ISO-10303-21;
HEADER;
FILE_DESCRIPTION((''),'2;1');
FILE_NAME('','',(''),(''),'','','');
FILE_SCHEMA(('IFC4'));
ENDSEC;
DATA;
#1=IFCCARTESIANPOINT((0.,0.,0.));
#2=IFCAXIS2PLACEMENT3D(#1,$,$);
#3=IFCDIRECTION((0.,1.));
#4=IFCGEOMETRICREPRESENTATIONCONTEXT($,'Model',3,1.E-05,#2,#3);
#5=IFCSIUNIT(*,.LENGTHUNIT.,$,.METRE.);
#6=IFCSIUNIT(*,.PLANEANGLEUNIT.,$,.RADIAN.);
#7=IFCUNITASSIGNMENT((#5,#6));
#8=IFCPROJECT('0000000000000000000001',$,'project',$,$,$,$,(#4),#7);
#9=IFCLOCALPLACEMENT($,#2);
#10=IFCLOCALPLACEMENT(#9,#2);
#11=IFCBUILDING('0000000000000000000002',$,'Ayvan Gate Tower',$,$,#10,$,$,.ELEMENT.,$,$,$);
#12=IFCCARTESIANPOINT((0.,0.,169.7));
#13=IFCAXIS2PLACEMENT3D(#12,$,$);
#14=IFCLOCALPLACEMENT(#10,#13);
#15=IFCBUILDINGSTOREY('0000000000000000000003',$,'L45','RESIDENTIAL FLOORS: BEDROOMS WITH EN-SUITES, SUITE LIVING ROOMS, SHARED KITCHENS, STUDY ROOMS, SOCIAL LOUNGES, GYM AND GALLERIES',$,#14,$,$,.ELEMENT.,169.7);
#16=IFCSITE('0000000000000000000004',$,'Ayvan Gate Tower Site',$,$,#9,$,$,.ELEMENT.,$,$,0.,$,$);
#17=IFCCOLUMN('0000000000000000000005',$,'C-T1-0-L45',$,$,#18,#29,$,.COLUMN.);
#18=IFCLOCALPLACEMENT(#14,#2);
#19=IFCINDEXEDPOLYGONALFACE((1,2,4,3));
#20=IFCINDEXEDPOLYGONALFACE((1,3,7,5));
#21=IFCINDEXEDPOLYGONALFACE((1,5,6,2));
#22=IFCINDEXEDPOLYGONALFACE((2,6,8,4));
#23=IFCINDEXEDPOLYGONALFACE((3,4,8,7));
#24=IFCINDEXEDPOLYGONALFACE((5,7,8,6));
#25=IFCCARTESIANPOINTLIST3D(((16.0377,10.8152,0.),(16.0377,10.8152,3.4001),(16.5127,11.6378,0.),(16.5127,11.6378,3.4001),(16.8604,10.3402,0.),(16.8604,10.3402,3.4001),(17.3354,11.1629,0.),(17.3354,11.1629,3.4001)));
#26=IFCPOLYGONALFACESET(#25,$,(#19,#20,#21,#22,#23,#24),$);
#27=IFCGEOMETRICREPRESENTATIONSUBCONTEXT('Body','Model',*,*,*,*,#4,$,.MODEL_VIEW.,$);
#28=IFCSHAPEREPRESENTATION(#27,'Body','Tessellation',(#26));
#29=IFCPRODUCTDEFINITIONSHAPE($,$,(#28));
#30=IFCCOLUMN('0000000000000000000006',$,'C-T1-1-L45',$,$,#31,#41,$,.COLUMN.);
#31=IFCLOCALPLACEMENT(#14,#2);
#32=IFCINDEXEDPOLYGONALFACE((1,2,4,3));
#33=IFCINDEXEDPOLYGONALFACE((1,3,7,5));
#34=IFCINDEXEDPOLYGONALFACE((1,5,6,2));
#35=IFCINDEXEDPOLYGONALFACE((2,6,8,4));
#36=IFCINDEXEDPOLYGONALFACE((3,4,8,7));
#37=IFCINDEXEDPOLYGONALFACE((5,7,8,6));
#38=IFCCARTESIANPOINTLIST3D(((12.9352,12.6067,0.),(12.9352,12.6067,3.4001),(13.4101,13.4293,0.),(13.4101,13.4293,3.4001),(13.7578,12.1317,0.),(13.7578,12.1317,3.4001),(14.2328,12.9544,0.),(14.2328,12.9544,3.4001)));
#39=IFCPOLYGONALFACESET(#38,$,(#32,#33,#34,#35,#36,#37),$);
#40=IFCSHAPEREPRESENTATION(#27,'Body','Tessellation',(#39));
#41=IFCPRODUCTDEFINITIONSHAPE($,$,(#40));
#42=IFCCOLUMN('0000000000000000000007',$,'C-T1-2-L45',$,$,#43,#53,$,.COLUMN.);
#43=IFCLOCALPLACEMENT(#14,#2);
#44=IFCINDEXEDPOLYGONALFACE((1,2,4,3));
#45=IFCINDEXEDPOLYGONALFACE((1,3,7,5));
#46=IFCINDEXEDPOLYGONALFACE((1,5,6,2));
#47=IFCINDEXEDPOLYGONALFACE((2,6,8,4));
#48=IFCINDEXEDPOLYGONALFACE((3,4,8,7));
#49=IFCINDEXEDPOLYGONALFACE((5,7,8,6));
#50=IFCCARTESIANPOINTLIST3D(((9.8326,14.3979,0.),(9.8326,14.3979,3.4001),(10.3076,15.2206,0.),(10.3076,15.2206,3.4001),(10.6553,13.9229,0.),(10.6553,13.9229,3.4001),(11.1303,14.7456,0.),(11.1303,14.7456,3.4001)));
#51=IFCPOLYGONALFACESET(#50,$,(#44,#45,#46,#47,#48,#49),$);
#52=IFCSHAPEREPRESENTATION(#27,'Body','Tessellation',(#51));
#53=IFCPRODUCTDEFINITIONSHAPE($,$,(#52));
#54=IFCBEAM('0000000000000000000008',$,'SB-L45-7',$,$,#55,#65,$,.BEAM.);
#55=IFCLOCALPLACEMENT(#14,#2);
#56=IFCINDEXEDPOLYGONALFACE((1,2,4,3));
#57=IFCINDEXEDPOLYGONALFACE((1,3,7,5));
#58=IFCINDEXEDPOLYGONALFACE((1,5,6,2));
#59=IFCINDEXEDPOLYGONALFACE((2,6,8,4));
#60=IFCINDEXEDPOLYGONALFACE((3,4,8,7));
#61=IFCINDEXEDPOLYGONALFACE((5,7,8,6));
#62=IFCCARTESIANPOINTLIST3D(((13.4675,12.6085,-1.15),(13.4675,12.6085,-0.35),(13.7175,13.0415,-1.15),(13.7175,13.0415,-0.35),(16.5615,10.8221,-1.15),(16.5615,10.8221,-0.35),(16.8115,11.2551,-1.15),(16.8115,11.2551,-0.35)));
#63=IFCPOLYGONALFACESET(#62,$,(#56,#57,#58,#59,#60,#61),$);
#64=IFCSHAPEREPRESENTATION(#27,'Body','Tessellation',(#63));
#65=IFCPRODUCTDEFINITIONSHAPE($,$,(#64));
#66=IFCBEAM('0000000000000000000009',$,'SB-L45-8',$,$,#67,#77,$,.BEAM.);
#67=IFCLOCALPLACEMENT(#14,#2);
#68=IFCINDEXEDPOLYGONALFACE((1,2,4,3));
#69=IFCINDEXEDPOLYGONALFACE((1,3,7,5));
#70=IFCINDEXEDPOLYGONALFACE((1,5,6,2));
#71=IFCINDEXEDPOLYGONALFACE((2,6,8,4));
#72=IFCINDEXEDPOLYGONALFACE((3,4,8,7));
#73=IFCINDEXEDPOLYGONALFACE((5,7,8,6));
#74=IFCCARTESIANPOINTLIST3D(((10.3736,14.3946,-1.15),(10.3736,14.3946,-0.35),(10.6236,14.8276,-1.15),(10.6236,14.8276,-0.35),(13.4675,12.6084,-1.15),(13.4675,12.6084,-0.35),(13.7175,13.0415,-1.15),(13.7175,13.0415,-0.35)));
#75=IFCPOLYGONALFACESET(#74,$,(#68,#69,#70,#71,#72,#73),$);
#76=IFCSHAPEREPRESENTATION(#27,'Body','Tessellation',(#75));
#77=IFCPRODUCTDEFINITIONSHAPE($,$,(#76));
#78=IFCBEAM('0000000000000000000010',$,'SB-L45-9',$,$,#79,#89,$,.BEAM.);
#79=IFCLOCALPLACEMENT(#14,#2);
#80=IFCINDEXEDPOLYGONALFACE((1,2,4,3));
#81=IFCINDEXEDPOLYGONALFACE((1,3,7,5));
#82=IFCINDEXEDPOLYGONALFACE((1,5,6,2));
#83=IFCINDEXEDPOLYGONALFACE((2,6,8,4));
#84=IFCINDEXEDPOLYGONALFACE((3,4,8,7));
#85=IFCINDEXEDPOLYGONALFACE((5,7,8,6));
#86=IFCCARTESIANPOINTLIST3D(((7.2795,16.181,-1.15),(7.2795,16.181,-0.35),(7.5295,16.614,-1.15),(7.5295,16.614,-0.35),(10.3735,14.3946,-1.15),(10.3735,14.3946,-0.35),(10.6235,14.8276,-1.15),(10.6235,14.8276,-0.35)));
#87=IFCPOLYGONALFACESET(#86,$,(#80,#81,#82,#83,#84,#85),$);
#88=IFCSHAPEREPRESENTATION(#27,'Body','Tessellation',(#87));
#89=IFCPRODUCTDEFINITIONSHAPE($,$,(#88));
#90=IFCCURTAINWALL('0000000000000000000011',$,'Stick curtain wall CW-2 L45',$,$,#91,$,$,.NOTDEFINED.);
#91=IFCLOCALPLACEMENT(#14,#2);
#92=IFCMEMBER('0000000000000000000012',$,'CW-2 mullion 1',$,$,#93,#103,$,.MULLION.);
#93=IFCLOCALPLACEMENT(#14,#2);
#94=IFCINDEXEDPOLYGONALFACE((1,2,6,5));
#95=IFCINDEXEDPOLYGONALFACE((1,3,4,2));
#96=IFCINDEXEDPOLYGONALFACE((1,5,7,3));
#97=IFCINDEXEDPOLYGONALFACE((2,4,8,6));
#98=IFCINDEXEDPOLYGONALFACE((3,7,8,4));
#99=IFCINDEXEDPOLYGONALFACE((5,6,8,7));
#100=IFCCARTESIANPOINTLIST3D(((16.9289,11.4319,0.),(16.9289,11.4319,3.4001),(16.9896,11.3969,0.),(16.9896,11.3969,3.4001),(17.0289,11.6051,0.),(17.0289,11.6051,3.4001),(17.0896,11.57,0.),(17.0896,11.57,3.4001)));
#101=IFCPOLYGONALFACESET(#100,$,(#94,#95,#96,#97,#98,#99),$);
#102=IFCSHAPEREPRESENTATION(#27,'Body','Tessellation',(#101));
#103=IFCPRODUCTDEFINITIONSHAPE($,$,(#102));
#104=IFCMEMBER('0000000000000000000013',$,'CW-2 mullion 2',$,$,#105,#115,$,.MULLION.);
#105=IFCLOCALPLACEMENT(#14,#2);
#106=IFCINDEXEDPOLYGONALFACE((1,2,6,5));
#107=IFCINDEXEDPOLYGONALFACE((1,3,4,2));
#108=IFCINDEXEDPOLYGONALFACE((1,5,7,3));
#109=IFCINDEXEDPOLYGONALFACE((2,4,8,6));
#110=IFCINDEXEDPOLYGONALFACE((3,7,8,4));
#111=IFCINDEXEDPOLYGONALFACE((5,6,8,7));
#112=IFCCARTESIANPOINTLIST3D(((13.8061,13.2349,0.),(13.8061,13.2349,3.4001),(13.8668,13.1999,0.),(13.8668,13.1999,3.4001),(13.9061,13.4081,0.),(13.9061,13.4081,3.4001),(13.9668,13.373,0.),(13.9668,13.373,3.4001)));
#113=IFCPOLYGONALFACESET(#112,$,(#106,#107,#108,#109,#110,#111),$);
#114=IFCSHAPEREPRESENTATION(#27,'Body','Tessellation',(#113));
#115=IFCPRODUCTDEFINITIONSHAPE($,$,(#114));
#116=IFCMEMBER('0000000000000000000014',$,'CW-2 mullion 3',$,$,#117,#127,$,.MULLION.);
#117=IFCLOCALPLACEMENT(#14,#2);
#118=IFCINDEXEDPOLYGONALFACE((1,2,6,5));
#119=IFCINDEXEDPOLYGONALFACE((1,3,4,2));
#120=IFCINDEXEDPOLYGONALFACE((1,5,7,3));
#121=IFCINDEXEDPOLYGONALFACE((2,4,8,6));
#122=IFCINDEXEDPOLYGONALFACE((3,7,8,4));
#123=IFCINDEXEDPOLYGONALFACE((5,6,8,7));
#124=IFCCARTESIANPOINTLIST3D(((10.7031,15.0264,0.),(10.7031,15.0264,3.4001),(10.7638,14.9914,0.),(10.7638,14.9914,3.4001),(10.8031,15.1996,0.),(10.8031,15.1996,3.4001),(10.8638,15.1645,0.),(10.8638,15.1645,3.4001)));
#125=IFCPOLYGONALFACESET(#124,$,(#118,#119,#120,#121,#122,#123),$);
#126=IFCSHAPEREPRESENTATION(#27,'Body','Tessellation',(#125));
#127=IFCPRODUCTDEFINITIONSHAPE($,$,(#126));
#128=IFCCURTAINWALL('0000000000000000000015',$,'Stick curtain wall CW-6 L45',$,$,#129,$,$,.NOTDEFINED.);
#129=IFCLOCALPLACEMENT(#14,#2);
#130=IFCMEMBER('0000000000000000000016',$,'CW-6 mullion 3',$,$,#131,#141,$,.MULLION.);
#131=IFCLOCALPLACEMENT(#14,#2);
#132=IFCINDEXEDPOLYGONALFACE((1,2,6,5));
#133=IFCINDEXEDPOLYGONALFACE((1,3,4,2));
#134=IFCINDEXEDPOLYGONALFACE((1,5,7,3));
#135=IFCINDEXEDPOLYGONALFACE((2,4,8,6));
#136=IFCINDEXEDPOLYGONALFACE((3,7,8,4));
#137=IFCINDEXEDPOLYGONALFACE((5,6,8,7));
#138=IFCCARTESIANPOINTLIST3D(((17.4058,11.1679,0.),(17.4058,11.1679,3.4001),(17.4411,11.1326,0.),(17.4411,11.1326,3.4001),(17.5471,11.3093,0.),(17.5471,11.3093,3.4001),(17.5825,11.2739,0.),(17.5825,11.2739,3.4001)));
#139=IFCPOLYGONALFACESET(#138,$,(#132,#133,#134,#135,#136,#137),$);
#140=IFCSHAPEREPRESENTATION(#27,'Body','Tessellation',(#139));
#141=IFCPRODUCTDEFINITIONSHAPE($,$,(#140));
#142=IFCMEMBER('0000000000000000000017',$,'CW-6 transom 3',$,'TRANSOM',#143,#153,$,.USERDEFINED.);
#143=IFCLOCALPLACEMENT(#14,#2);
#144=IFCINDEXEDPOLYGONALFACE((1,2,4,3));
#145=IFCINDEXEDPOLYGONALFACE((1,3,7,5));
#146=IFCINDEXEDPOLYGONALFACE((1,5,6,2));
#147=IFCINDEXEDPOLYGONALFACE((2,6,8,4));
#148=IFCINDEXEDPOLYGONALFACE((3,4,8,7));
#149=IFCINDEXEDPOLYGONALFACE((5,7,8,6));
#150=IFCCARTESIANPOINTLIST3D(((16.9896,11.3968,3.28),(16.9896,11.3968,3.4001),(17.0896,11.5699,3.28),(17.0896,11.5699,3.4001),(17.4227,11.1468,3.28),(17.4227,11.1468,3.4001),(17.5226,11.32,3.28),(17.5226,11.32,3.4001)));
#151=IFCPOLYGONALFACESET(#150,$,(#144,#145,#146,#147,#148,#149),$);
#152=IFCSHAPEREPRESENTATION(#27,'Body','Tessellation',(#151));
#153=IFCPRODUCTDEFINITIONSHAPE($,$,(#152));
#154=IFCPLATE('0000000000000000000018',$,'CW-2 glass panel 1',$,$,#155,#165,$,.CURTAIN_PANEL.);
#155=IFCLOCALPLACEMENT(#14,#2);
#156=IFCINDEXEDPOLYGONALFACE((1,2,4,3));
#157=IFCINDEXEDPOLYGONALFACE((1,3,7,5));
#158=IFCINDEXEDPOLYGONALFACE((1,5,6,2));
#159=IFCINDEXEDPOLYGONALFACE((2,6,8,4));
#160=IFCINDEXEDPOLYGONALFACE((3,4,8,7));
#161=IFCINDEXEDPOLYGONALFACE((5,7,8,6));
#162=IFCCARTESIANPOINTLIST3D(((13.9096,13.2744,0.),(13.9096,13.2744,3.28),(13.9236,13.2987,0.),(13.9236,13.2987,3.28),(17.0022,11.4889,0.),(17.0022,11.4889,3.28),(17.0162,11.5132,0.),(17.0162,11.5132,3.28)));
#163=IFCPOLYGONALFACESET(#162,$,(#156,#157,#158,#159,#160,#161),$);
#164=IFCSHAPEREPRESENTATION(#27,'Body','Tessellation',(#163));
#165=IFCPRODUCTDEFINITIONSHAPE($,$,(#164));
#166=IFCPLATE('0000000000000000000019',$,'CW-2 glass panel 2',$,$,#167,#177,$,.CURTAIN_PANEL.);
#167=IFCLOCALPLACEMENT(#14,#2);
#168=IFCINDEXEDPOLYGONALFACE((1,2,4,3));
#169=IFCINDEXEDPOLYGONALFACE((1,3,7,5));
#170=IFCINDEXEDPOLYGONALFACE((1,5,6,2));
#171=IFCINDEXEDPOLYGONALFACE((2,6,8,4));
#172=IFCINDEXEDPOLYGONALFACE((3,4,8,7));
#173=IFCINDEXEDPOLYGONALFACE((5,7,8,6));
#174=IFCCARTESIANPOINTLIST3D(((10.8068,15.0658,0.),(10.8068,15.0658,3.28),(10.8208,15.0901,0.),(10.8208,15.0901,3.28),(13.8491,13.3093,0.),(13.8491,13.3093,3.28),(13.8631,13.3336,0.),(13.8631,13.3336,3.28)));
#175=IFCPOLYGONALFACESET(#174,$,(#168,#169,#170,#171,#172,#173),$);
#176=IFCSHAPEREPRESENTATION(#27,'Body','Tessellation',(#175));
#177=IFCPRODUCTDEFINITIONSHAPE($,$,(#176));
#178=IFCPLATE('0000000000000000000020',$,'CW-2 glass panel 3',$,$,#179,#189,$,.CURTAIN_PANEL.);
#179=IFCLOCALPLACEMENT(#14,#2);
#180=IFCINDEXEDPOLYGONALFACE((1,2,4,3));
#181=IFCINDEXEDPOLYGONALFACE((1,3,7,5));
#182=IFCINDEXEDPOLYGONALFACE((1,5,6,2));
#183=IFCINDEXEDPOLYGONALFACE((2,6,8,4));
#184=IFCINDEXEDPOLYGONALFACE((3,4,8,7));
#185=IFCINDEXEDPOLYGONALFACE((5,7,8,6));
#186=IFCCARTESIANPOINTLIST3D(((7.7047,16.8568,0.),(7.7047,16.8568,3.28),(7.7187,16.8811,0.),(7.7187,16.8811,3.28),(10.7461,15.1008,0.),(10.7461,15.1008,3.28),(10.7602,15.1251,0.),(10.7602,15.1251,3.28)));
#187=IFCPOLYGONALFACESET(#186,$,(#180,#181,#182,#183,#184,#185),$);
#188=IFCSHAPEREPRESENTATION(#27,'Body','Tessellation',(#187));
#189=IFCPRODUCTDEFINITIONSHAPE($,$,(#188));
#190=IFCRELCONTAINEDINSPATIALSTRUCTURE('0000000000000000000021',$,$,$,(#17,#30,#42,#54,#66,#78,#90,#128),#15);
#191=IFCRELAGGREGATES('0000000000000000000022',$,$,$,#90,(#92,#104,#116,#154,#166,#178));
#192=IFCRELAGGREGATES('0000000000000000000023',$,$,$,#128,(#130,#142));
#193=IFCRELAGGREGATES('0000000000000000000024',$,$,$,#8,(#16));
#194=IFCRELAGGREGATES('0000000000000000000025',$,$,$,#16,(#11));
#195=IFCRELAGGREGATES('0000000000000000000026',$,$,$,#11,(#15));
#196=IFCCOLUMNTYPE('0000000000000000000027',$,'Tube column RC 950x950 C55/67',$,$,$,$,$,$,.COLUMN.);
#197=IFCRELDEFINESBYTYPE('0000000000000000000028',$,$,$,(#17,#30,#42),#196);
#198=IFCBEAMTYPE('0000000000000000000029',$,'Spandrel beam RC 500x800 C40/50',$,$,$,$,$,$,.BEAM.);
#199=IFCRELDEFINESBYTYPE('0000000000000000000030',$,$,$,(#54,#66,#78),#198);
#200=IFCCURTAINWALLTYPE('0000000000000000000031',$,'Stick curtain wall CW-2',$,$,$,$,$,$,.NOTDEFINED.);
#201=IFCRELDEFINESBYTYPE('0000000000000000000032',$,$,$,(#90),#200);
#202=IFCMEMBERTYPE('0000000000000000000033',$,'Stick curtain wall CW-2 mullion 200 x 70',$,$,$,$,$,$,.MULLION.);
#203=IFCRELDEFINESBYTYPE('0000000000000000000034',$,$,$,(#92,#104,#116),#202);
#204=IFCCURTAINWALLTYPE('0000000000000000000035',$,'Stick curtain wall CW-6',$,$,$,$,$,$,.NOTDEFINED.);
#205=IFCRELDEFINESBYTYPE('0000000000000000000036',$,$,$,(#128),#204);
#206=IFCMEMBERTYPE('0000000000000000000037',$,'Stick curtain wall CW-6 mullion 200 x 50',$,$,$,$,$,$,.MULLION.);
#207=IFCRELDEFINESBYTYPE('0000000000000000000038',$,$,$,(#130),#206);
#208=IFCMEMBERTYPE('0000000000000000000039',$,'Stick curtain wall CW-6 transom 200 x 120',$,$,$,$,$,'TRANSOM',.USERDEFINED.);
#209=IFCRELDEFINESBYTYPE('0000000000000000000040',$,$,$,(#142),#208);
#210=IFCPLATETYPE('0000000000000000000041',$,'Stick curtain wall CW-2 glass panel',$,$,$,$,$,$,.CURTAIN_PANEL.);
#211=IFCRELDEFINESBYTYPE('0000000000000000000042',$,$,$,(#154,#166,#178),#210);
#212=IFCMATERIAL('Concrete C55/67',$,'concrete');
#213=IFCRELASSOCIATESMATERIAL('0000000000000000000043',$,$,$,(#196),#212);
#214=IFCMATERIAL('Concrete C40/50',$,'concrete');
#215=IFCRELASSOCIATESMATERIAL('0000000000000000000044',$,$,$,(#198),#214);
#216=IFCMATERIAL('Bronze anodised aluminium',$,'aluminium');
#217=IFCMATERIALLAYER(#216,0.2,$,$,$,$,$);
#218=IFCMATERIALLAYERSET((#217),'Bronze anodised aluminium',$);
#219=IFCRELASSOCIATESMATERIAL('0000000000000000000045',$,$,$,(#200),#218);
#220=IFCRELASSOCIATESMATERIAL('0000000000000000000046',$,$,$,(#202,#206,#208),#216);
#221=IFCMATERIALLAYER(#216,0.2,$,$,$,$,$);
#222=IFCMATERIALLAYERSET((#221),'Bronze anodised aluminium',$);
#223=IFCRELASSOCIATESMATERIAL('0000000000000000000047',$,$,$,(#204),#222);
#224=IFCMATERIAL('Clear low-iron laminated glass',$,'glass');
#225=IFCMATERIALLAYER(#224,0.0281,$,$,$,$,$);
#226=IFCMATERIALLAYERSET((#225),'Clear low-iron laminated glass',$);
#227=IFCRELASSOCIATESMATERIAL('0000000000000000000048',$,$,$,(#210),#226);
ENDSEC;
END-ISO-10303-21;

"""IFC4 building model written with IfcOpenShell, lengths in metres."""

from ifc_helpers import new_model, si_unit, direction, frame, origin, origin_2d, place, context, subcontext, project, spatial, rectangle, extrude, material, layer, layer_set, material_profile, profile_set, type_object, element, aggregate, save


model = new_model("IFC4")

# Units and contexts
model_context = context("Model", 3, precision=1e-05, world=origin(), true_north=direction((0.0, 1.0)))
body_context = subcontext(model_context, "Body", "Model", "MODEL_VIEW")
ifc_project = project(units=[si_unit("LENGTHUNIT", "METRE"), si_unit("PLANEANGLEUNIT", "RADIAN")], contexts=[model_context])

# Site, building, storey
site_placement = place(None, origin())
site = spatial("IfcSite", under=ifc_project, at=site_placement, Name="Ayvan Gate Tower Site", CompositionType="ELEMENT", RefElevation=0.0)
building_placement = place(site_placement, origin())
building = spatial("IfcBuilding", under=site, at=building_placement, Name="Ayvan Gate Tower", CompositionType="ELEMENT")
storey_placement = place(building_placement, frame((0.0, 0.0, 169.7)))
storey = spatial("IfcBuildingStorey", under=building, at=storey_placement, Name="L45", Description="RESIDENTIAL FLOORS: BEDROOMS WITH EN-SUITES, SUITE LIVING ROOMS, SHARED KITCHENS, STUDY ROOMS, SOCIAL LOUNGES, GYM AND GALLERIES", CompositionType="ELEMENT", Elevation=169.7)

# Columns
ifc_material_1 = material(Name="Concrete C55/67", Category="concrete")
ifc_material_profile_1 = material_profile(ifc_material_1, rectangle(XDim=0.95, YDim=0.95, at=origin_2d()), Name="RC 950x950")
ifc_profile_set_1 = profile_set([ifc_material_profile_1], Name="Concrete C55/67")
column_type = type_object("IfcColumnType", Name="Tube column RC 950x950 C55/67", PredefinedType="COLUMN", material=ifc_profile_set_1)
for number, where, z_axis, x_axis, name in (
    (1, (16.6865, 10.989, 0.0), (0.0, 0.0, 1.0), (0.5, 0.866025, 0.0), "C-T1-0-L45"),
    (2, (13.584, 12.7805, 0.0), (0.0, 0.0, 1.0), (0.5, 0.866025, 0.0), "C-T1-1-L45"),
    (3, (10.4814, 14.5718, 0.0), (0.0, 0.0, 1.0), (0.5, 0.866025, 0.0), "C-T1-2-L45"),
):
    element("IfcColumn", number, at=place(storey_placement, frame(where, z_axis=z_axis, x_axis=x_axis)), inside=storey, type_object=column_type, Name=name, PredefinedType="COLUMN", context=body_context, shape_type="SweptSolid", body=[
        extrude(rectangle(XDim=0.95, YDim=0.95, at=origin_2d()), origin(), (0.0, 0.0, 1.0), 3.4001),
    ])

# Beams
ifc_material_2 = material(Name="Concrete C40/50", Category="concrete")
ifc_material_profile_2 = material_profile(ifc_material_2, rectangle(XDim=0.5, YDim=0.8, at=origin_2d()), Name="RC 500x800")
ifc_profile_set_2 = profile_set([ifc_material_profile_2], Name="Concrete C40/50")
beam_type = type_object("IfcBeamType", Name="Spandrel beam RC 500x800 C40/50", PredefinedType="BEAM", material=ifc_profile_set_2)
beam_1_placement = place(storey_placement, frame((16.6865, 11.0386, -0.75), z_axis=(-0.866018, 0.500012, 0.0), x_axis=(-0.500012, -0.866018, 0.0)))
element("IfcBeam", 4, at=beam_1_placement, inside=storey, type_object=beam_type, Name="SB-L45-7", PredefinedType="BEAM", context=body_context, shape_type="SweptSolid", body=[
    extrude(rectangle(XDim=0.5, YDim=0.8, at=origin_2d()), origin(), (0.0, 0.0, 1.0), 3.5728),
])
beam_2_placement = place(storey_placement, frame((13.5925, 12.825, -0.75), z_axis=(-0.866048, 0.499961, 0.0), x_axis=(-0.499961, -0.866048, 0.0)))
element("IfcBeam", 5, at=beam_2_placement, inside=storey, type_object=beam_type, Name="SB-L45-8", PredefinedType="BEAM", context=body_context, shape_type="SweptSolid", body=[
    extrude(rectangle(XDim=0.5, YDim=0.8, at=origin_2d()), origin(), (0.0, 0.0, 1.0), 3.5725),
])
beam_3_placement = place(storey_placement, frame((10.4985, 14.6111, -0.75), z_axis=(-0.866018, 0.500012, 0.0), x_axis=(-0.500012, -0.866018, 0.0)))
element("IfcBeam", 6, at=beam_3_placement, inside=storey, type_object=beam_type, Name="SB-L45-9", PredefinedType="BEAM", context=body_context, shape_type="SweptSolid", body=[
    extrude(rectangle(XDim=0.5, YDim=0.8, at=origin_2d()), origin(), (0.0, 0.0, 1.0), 3.5728),
])

# Curtain walls, members
ifc_material_3 = material(Name="Bronze anodised aluminium", Category="aluminium")
ifc_layer_1 = layer(ifc_material_3, 0.2)
ifc_layer_set_1 = layer_set([ifc_layer_1], Name="Bronze anodised aluminium")
curtain_wall_type_1 = type_object("IfcCurtainWallType", Name="Stick curtain wall CW-2", PredefinedType="NOTDEFINED", material=ifc_layer_set_1)
curtain_wall_1_placement = place(storey_placement, origin())
curtain_wall_1 = element("IfcCurtainWall", 7, at=curtain_wall_1_placement, inside=storey, type_object=curtain_wall_type_1, Name="Stick curtain wall CW-2 L45", PredefinedType="NOTDEFINED")
ifc_material_profile_3 = material_profile(ifc_material_3, rectangle(XDim=0.2, YDim=0.0701, at=origin_2d()), Name="Stick curtain wall CW-2 mullion 200 x 70")
ifc_profile_set_3 = profile_set([ifc_material_profile_3], Name="Bronze anodised aluminium")
member_type_1 = type_object("IfcMemberType", Name="Stick curtain wall CW-2 mullion 200 x 70", PredefinedType="MULLION", material=ifc_profile_set_3)
member_1_placement = place(storey_placement, frame((17.0093, 11.501, 0.0), z_axis=(0.0, 0.0, 1.0), x_axis=(0.5, 0.866025, 0.0)))
member_1 = element("IfcMember", 8, at=member_1_placement, type_object=member_type_1, Name="CW-2 mullion 1", PredefinedType="MULLION", context=body_context, shape_type="SweptSolid", body=[
    extrude(rectangle(XDim=0.2, YDim=0.0701, at=origin_2d()), origin(), (0.0, 0.0, 1.0), 3.4001),
])
member_2_placement = place(storey_placement, frame((13.8865, 13.304, 0.0), z_axis=(0.0, 0.0, 1.0), x_axis=(0.5, 0.866025, 0.0)))
member_2 = element("IfcMember", 9, at=member_2_placement, type_object=member_type_1, Name="CW-2 mullion 2", PredefinedType="MULLION", context=body_context, shape_type="SweptSolid", body=[
    extrude(rectangle(XDim=0.2, YDim=0.0701, at=origin_2d()), origin(), (0.0, 0.0, 1.0), 3.4001),
])
member_3_placement = place(storey_placement, frame((10.7834, 15.0955, 0.0), z_axis=(0.0, 0.0, 1.0), x_axis=(0.5, 0.866025, 0.0)))
member_3 = element("IfcMember", 10, at=member_3_placement, type_object=member_type_1, Name="CW-2 mullion 3", PredefinedType="MULLION", context=body_context, shape_type="SweptSolid", body=[
    extrude(rectangle(XDim=0.2, YDim=0.0701, at=origin_2d()), origin(), (0.0, 0.0, 1.0), 3.4001),
])
ifc_layer_2 = layer(ifc_material_3, 0.2)
ifc_layer_set_2 = layer_set([ifc_layer_2], Name="Bronze anodised aluminium")
curtain_wall_type_2 = type_object("IfcCurtainWallType", Name="Stick curtain wall CW-6", PredefinedType="NOTDEFINED", material=ifc_layer_set_2)
curtain_wall_2_placement = place(storey_placement, origin())
curtain_wall_2 = element("IfcCurtainWall", 11, at=curtain_wall_2_placement, inside=storey, type_object=curtain_wall_type_2, Name="Stick curtain wall CW-6 L45", PredefinedType="NOTDEFINED")
ifc_material_profile_4 = material_profile(ifc_material_3, rectangle(XDim=0.2, YDim=0.05, at=origin_2d()), Name="Stick curtain wall CW-6 mullion 200 x 50")
ifc_profile_set_4 = profile_set([ifc_material_profile_4], Name="Bronze anodised aluminium")
member_type_2 = type_object("IfcMemberType", Name="Stick curtain wall CW-6 mullion 200 x 50", PredefinedType="MULLION", material=ifc_profile_set_4)
member_4_placement = place(storey_placement, frame((17.4941, 11.2209, 0.0), z_axis=(0.0, 0.0, 1.0), x_axis=(0.707107, 0.707107, 0.0)))
member_4 = element("IfcMember", 12, at=member_4_placement, type_object=member_type_2, Name="CW-6 mullion 3", PredefinedType="MULLION", context=body_context, shape_type="SweptSolid", body=[
    extrude(rectangle(XDim=0.2, YDim=0.05, at=origin_2d()), origin(), (0.0, 0.0, 1.0), 3.4001),
])
ifc_material_profile_5 = material_profile(ifc_material_3, rectangle(XDim=0.2, YDim=0.1201, at=origin_2d()), Name="Stick curtain wall CW-6 transom 200 x 120")
ifc_profile_set_5 = profile_set([ifc_material_profile_5], Name="Bronze anodised aluminium")
member_type_3 = type_object("IfcMemberType", Name="Stick curtain wall CW-6 transom 200 x 120", ElementType="TRANSOM", PredefinedType="USERDEFINED", material=ifc_profile_set_5)
member_5_placement = place(storey_placement, frame((17.4727, 11.2334, 3.3401), z_axis=(-0.866072, 0.49992, 0.0), x_axis=(-0.49992, -0.866072, 0.0)))
member_5 = element("IfcMember", 13, at=member_5_placement, type_object=member_type_3, Name="CW-6 transom 3", ObjectType="TRANSOM", PredefinedType="USERDEFINED", context=body_context, shape_type="SweptSolid", body=[
    extrude(rectangle(XDim=0.2, YDim=0.1201, at=origin_2d()), origin(), (0.0, 0.0, 1.0), 0.5),
])

# Plates
ifc_material_4 = material(Name="Clear low-iron laminated glass", Category="glass")
ifc_layer_3 = layer(ifc_material_4, 0.0281)
ifc_layer_set_3 = layer_set([ifc_layer_3], Name="Clear low-iron laminated glass")
plate_type_1 = type_object("IfcPlateType", Name="Stick curtain wall CW-2 glass panel", PredefinedType="CURTAIN_PANEL", material=ifc_layer_set_3)
plate_1_placement = place(storey_placement, frame((15.4629, 12.3938, 0.0), z_axis=(0.0, 0.0, 1.0), x_axis=(-0.866025, 0.5, 0.0)))
plate_1 = element("IfcPlate", 14, at=plate_1_placement, type_object=plate_type_1, Name="CW-2 glass panel 1", PredefinedType="CURTAIN_PANEL", context=body_context, shape_type="SweptSolid", body=[
    extrude(rectangle(XDim=3.571, YDim=0.0281, at=origin_2d()), origin(), (0.0, 0.0, 1.0), 3.28),
])
plate_2_placement = place(storey_placement, frame((12.335, 14.1997, 0.0), z_axis=(0.0, 0.0, 1.0), x_axis=(-0.866025, 0.5, 0.0)))
plate_2 = element("IfcPlate", 15, at=plate_2_placement, type_object=plate_type_1, Name="CW-2 glass panel 2", PredefinedType="CURTAIN_PANEL", context=body_context, shape_type="SweptSolid", body=[
    extrude(rectangle(XDim=3.5129, YDim=0.0281, at=origin_2d()), origin(), (0.0, 0.0, 1.0), 3.28),
])
plate_3_placement = place(storey_placement, frame((9.2324, 15.991, 0.0), z_axis=(0.0, 0.0, 1.0), x_axis=(-0.866025, 0.5, 0.0)))
plate_3 = element("IfcPlate", 16, at=plate_3_placement, type_object=plate_type_1, Name="CW-2 glass panel 3", PredefinedType="CURTAIN_PANEL", context=body_context, shape_type="SweptSolid", body=[
    extrude(rectangle(XDim=3.512, YDim=0.0281, at=origin_2d()), origin(), (0.0, 0.0, 1.0), 3.28),
])
aggregate(curtain_wall_1, [member_1, member_2, member_3, plate_1, plate_2, plate_3])
aggregate(curtain_wall_2, [member_4, member_5])

save(model, "model.ifc")
